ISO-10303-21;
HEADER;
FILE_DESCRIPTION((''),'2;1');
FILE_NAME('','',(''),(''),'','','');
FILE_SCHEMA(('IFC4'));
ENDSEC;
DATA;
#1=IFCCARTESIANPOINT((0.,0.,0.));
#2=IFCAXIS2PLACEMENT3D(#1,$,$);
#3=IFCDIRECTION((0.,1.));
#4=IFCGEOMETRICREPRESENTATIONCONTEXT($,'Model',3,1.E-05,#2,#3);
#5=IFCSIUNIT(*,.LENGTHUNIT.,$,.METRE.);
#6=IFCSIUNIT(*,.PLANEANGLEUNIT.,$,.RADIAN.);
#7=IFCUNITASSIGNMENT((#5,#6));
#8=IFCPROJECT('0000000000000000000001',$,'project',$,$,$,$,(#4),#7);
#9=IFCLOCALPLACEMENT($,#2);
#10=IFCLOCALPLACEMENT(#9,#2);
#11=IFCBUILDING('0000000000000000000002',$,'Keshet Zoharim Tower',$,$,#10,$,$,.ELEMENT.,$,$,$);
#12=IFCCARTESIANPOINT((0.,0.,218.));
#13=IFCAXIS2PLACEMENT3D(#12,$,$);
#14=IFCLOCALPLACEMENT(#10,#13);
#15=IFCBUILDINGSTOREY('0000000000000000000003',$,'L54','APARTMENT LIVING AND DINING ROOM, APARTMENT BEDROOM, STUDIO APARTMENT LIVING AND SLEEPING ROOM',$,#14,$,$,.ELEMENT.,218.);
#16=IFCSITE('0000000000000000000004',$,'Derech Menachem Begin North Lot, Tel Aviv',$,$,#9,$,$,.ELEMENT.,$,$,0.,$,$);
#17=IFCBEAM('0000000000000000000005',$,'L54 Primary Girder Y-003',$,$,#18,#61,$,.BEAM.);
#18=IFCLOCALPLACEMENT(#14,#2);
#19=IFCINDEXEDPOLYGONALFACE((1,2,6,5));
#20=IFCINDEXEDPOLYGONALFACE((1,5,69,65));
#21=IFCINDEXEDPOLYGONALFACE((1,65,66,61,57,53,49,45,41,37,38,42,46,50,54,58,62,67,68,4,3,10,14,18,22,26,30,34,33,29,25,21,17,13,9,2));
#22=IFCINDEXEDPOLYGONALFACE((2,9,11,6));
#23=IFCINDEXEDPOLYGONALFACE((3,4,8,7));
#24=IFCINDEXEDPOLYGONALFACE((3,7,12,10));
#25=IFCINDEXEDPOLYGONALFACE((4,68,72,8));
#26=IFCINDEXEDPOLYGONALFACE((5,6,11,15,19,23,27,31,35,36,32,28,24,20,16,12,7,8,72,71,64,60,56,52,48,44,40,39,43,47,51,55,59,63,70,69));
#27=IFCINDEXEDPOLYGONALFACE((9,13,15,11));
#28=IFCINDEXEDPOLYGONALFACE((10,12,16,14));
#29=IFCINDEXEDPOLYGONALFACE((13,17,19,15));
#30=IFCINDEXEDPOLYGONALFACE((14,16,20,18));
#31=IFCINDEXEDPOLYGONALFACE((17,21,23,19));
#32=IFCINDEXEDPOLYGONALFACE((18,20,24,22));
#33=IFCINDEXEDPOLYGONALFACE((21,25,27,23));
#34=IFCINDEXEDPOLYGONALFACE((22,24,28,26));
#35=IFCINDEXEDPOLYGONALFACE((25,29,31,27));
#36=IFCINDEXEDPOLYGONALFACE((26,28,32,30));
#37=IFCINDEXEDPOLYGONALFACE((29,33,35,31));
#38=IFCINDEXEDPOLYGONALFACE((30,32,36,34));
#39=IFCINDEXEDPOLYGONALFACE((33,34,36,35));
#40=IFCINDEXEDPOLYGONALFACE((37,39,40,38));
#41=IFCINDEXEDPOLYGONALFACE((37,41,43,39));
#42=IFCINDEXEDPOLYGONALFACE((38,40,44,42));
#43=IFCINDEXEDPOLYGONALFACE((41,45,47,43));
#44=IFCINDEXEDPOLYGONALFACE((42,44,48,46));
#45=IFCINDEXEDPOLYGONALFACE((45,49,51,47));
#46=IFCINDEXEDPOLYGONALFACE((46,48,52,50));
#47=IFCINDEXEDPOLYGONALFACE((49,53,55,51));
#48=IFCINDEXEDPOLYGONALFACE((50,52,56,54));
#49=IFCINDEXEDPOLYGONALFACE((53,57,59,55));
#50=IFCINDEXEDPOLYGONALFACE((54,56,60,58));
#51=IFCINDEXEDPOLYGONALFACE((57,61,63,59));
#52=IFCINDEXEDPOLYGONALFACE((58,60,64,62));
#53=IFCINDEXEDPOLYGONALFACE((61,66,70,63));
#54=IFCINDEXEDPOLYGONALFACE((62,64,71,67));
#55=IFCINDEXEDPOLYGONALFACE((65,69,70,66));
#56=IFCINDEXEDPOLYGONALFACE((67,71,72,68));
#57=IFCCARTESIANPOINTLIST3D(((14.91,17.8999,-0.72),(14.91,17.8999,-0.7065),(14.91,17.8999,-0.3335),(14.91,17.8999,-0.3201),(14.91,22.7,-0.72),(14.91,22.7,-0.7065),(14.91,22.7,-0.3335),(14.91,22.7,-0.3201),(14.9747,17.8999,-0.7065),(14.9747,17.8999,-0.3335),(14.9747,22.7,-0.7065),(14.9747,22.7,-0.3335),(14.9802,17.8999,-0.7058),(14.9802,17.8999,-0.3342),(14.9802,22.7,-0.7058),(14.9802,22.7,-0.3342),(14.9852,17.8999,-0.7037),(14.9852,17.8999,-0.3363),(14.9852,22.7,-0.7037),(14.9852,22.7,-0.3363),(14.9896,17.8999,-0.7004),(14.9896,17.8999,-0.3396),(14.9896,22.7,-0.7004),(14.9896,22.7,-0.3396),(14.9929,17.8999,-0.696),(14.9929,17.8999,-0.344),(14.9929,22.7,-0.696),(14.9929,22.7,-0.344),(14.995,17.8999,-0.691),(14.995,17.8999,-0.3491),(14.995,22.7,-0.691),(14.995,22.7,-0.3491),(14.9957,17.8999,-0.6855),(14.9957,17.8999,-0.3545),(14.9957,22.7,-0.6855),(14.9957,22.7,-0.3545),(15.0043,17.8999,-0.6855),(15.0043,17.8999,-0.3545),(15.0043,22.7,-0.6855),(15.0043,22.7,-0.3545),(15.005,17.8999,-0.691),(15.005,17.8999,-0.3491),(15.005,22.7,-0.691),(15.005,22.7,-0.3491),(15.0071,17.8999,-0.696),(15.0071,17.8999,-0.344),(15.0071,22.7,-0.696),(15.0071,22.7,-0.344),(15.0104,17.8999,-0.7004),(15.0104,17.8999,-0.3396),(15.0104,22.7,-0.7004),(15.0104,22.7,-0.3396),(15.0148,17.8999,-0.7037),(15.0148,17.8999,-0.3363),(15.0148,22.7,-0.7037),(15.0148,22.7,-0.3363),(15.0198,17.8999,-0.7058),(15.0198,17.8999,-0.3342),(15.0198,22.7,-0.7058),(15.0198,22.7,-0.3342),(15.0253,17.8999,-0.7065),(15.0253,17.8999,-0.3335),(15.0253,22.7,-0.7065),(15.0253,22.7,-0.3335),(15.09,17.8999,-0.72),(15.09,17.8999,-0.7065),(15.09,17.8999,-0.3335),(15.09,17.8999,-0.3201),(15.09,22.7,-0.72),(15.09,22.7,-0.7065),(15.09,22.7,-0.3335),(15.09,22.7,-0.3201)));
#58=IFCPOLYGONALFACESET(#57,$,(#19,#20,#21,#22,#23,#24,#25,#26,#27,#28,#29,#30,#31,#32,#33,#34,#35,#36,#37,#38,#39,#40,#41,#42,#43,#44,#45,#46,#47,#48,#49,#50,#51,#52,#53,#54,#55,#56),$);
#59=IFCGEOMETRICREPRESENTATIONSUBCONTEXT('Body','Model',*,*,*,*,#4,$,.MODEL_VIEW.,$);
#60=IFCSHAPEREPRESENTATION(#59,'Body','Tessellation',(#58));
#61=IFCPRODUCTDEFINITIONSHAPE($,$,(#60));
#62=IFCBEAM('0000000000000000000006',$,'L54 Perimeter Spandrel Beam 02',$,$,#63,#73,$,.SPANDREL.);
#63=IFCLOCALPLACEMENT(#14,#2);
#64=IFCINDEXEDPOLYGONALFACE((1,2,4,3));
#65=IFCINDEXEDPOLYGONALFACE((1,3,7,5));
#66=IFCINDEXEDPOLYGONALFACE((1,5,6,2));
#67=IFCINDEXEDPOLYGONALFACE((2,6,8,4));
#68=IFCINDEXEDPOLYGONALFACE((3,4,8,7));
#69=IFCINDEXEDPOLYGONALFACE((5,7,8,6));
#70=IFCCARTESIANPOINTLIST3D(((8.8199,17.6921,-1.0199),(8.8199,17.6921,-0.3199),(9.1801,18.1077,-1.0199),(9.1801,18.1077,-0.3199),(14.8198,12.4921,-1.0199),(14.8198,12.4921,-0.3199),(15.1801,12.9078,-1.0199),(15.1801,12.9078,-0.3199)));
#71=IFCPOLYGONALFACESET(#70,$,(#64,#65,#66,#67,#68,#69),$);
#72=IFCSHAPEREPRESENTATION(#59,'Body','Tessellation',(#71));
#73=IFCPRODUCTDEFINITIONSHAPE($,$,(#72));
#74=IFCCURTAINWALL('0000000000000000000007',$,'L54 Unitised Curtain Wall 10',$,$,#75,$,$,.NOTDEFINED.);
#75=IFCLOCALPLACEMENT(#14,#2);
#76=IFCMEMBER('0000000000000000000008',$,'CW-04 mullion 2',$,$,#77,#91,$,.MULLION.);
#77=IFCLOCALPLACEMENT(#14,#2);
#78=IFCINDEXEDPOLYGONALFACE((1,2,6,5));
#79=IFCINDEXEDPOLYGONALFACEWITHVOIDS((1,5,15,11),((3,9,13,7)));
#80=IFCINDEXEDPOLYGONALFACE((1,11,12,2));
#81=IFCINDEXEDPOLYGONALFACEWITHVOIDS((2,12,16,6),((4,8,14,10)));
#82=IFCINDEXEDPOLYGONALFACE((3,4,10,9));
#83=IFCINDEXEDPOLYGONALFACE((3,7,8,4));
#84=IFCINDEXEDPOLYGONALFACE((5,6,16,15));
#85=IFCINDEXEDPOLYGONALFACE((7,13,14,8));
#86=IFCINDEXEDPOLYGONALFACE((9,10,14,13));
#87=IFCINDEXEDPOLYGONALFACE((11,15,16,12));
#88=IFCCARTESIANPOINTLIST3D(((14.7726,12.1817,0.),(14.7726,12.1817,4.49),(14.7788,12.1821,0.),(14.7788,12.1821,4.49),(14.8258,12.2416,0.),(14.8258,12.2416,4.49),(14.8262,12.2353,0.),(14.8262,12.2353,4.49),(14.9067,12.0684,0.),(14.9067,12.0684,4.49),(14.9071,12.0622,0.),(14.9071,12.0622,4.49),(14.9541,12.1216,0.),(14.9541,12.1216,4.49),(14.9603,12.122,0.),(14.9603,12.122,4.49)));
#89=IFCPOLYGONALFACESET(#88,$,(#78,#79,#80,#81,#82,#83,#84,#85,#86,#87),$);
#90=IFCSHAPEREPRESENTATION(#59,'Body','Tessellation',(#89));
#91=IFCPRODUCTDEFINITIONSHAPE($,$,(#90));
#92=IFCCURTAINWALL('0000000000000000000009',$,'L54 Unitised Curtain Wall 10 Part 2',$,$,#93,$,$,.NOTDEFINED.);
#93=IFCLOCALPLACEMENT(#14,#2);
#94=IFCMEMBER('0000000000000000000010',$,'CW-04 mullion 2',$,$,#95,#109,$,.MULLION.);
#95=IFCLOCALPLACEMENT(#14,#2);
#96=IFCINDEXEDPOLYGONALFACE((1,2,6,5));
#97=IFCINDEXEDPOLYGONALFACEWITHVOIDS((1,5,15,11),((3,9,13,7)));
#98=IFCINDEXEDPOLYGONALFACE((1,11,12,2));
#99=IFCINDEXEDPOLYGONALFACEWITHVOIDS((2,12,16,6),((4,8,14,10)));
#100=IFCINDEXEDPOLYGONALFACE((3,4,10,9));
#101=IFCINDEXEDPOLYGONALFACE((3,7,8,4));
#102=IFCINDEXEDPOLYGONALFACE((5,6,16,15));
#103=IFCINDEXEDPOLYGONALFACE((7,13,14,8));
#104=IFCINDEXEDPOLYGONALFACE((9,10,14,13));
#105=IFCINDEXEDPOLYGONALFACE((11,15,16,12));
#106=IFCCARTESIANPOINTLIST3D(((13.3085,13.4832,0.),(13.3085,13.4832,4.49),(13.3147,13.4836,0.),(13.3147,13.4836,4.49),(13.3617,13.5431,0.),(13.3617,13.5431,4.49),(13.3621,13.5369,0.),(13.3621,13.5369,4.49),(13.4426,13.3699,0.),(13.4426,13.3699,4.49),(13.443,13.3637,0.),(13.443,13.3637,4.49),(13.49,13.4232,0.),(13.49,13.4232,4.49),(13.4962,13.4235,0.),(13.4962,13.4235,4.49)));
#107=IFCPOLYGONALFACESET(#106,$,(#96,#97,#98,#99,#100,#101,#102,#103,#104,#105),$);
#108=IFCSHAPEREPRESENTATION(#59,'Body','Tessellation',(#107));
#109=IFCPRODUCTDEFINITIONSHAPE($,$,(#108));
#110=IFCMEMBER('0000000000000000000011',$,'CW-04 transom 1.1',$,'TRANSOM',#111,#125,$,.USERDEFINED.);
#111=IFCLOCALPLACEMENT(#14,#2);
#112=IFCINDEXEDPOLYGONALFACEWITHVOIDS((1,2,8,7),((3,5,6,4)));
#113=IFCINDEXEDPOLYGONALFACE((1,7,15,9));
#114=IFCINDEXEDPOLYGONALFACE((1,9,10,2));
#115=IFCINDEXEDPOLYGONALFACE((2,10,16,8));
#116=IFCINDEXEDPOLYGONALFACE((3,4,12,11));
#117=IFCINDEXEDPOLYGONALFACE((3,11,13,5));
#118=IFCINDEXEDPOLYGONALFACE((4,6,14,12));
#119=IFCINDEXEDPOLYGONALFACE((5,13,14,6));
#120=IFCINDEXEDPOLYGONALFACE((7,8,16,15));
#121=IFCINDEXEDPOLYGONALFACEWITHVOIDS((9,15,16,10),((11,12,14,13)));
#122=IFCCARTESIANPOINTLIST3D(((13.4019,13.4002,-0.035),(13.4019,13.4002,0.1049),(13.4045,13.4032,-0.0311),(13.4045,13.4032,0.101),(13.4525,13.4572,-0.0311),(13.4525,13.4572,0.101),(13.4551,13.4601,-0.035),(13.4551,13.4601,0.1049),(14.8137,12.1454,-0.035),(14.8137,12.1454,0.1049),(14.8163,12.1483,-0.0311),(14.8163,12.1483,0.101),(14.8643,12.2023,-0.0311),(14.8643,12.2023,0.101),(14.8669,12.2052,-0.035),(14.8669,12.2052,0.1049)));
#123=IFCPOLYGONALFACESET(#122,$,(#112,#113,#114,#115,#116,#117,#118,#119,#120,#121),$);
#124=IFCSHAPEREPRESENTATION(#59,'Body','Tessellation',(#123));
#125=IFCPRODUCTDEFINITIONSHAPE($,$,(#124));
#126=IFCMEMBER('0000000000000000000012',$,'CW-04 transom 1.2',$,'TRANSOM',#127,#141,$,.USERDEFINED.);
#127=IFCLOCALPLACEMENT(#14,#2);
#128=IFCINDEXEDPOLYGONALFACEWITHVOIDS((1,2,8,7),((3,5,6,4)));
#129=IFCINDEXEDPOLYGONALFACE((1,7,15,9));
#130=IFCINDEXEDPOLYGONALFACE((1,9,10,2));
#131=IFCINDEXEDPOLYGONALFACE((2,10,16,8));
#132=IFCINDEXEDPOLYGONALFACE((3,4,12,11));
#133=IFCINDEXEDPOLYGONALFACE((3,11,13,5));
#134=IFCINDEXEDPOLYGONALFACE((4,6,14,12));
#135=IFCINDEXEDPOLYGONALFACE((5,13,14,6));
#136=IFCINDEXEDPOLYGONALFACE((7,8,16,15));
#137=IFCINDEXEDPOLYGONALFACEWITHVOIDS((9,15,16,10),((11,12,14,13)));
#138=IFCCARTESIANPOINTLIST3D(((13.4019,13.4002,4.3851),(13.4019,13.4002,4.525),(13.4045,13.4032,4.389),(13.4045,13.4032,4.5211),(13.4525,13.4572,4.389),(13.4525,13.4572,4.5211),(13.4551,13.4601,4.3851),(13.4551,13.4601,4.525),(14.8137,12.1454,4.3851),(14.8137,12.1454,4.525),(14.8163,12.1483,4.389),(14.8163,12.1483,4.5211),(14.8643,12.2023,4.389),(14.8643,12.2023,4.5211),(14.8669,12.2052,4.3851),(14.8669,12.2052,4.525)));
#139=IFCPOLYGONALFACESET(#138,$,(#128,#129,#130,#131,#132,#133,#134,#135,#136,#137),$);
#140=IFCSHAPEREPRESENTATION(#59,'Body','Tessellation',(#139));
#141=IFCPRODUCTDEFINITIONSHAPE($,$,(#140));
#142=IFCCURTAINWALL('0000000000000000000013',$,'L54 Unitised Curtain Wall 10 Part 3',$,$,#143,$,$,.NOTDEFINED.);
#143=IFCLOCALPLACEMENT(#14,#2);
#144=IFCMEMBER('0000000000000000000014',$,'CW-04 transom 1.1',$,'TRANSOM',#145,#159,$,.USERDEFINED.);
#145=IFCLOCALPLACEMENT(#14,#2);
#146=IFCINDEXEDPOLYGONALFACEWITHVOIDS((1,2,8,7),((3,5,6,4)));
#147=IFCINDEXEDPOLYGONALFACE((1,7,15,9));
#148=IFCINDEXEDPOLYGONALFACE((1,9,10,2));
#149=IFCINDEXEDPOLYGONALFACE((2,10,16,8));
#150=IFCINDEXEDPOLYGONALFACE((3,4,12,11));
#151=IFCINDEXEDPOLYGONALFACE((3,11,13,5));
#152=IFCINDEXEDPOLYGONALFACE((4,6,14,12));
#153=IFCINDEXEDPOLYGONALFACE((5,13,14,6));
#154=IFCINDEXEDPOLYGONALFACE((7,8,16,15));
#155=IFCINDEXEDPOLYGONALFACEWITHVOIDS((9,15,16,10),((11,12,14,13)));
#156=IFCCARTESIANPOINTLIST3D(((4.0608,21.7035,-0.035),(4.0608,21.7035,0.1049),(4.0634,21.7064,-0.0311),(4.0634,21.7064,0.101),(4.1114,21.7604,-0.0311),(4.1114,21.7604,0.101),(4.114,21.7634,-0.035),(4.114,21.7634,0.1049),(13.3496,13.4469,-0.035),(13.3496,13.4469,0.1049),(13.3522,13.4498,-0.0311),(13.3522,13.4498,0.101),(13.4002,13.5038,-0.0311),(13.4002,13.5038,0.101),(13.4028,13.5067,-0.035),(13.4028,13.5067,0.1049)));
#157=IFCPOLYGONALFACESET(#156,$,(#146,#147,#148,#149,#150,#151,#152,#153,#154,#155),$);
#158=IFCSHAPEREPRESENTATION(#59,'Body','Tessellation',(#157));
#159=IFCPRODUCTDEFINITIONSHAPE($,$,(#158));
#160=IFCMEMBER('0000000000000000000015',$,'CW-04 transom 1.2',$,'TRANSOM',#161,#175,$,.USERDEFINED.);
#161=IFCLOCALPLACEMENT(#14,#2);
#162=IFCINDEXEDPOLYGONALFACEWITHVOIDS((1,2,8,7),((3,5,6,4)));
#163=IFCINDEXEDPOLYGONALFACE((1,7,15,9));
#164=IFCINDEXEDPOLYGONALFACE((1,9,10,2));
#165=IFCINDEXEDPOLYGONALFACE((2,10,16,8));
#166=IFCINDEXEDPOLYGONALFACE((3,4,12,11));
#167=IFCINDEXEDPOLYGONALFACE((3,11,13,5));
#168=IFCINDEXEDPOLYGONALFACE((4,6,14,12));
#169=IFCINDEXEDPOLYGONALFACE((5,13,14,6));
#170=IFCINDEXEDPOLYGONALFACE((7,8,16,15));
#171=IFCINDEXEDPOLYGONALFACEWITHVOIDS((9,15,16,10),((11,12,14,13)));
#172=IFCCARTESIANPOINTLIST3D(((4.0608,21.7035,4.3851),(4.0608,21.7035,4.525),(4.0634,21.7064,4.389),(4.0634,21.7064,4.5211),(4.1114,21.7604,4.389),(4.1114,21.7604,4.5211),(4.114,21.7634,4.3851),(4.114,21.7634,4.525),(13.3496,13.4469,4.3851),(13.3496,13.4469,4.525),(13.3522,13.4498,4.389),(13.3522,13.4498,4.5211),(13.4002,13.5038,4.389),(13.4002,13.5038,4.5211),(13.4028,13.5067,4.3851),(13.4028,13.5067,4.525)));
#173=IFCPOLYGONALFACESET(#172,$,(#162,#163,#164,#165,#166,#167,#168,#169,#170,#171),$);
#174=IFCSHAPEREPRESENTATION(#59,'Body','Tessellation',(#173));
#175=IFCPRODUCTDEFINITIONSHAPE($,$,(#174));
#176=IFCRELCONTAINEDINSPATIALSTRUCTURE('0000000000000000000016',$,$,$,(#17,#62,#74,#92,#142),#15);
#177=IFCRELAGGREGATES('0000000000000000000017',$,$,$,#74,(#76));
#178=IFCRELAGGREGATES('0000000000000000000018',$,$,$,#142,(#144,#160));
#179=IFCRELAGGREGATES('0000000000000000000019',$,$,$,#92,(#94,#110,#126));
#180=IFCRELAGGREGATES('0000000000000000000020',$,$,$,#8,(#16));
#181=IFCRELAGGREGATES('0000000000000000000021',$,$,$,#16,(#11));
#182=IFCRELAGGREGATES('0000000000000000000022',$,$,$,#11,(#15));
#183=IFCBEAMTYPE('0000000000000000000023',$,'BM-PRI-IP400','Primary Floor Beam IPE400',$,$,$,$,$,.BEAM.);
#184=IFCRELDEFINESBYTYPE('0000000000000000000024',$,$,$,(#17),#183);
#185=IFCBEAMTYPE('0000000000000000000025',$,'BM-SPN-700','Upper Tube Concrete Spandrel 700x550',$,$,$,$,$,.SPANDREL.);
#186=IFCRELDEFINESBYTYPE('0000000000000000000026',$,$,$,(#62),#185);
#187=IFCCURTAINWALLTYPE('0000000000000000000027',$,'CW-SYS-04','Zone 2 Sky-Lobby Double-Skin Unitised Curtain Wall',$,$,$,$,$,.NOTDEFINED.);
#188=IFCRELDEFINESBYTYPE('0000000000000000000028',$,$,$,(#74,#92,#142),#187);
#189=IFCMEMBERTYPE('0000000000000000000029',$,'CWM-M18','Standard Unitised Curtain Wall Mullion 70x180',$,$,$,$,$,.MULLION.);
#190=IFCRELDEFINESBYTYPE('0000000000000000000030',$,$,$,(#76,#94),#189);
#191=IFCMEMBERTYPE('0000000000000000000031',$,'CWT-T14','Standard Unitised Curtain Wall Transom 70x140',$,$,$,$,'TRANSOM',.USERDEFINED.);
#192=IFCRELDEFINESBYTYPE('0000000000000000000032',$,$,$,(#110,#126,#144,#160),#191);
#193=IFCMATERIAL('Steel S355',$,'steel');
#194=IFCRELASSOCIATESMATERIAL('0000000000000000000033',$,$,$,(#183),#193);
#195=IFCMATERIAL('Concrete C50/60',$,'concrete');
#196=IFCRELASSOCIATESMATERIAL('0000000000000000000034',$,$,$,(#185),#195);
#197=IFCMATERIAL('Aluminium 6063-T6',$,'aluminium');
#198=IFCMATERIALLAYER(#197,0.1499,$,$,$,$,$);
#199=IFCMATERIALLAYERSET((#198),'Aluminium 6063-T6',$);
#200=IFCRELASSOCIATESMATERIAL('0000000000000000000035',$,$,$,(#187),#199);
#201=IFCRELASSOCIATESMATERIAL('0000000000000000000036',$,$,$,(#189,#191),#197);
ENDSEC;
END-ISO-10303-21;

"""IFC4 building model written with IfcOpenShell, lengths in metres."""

from ifc_helpers import new_model, si_unit, direction, frame, origin, origin_2d, place, context, subcontext, project, spatial, rectangle, hollow_rectangle, i_section, extrude, material, layer, layer_set, material_profile, profile_set, type_object, element, aggregate, save


model = new_model("IFC4")

# Units and contexts
model_context = context("Model", 3, precision=1e-05, world=origin(), true_north=direction((0.0, 1.0)))
body_context = subcontext(model_context, "Body", "Model", "MODEL_VIEW")
ifc_project = project(units=[si_unit("LENGTHUNIT", "METRE"), si_unit("PLANEANGLEUNIT", "RADIAN")], contexts=[model_context])

# Site, building, storey
site_placement = place(None, origin())
site = spatial("IfcSite", under=ifc_project, at=site_placement, Name="Derech Menachem Begin North Lot, Tel Aviv", CompositionType="ELEMENT", RefElevation=0.0)
building_placement = place(site_placement, origin())
building = spatial("IfcBuilding", under=site, at=building_placement, Name="Keshet Zoharim Tower", CompositionType="ELEMENT")
storey_placement = place(building_placement, frame((0.0, 0.0, 218.0)))
storey = spatial("IfcBuildingStorey", under=building, at=storey_placement, Name="L54", Description="APARTMENT LIVING AND DINING ROOM, APARTMENT BEDROOM, STUDIO APARTMENT LIVING AND SLEEPING ROOM", CompositionType="ELEMENT", Elevation=218.0)

# Shared definitions
ifc_material_1 = material(Name="Steel S355", Category="steel")
ifc_material_2 = material(Name="Concrete C50/60", Category="concrete")

# Beams
ifc_material_profile_1 = material_profile(ifc_material_1, i_section(OverallWidth=0.1799, OverallDepth=0.3999, WebThickness=0.0085, FlangeThickness=0.0134, FilletRadius=0.021, at=origin_2d()), Name="IPE400")
ifc_profile_set_1 = profile_set([ifc_material_profile_1], Name="Steel S355")
beam_type_1 = type_object("IfcBeamType", Name="BM-PRI-IP400", Description="Primary Floor Beam IPE400", PredefinedType="BEAM", material=ifc_profile_set_1)
beam_1_placement = place(storey_placement, frame((15.0, 17.8999, -0.52), z_axis=(0.0, 1.0, 0.0), x_axis=(-1.0, 0.0, 0.0)))
element("IfcBeam", 1, at=beam_1_placement, inside=storey, type_object=beam_type_1, Name="L54 Primary Girder Y-003", PredefinedType="BEAM", context=body_context, shape_type="SweptSolid", body=[
    extrude(i_section(OverallWidth=0.1799, OverallDepth=0.3999, WebThickness=0.0085, FlangeThickness=0.0134, FilletRadius=0.021, at=origin_2d()), origin(), (0.0, 0.0, 1.0), 4.8),
])
ifc_material_profile_2 = material_profile(ifc_material_2, rectangle(XDim=0.55, YDim=0.7, at=origin_2d()), Name="RC700x550")
ifc_profile_set_2 = profile_set([ifc_material_profile_2], Name="Concrete C50/60")
beam_type_2 = type_object("IfcBeamType", Name="BM-SPN-700", Description="Upper Tube Concrete Spandrel 700x550", PredefinedType="SPANDREL", material=ifc_profile_set_2)
beam_2_placement = place(storey_placement, frame((9.0, 17.8999, -0.6699), z_axis=(0.755692, -0.654927, 0.0), x_axis=(0.654927, 0.755692, 0.0)))
element("IfcBeam", 2, at=beam_2_placement, inside=storey, type_object=beam_type_2, Name="L54 Perimeter Spandrel Beam 02", PredefinedType="SPANDREL", context=body_context, shape_type="SweptSolid", body=[
    extrude(rectangle(XDim=0.55, YDim=0.7, at=origin_2d()), origin(), (0.0, 0.0, 1.0), 7.9397),
])

# Curtain wall, member
ifc_material_3 = material(Name="Aluminium 6063-T6", Category="aluminium")
ifc_layer_1 = layer(ifc_material_3, 0.1499)
ifc_layer_set_1 = layer_set([ifc_layer_1], Name="Aluminium 6063-T6")
curtain_wall_type = type_object("IfcCurtainWallType", Name="CW-SYS-04", Description="Zone 2 Sky-Lobby Double-Skin Unitised Curtain Wall", PredefinedType="NOTDEFINED", material=ifc_layer_set_1)
curtain_wall_1_placement = place(storey_placement, origin())
curtain_wall_1 = element("IfcCurtainWall", 3, at=curtain_wall_1_placement, inside=storey, type_object=curtain_wall_type, Name="L54 Unitised Curtain Wall 10", PredefinedType="NOTDEFINED")
ifc_material_profile_3 = material_profile(ifc_material_3, hollow_rectangle(XDim=0.0801, YDim=0.1799, WallThickness=0.0044, at=origin_2d()), Name="MUL-80x180")
ifc_profile_set_3 = profile_set([ifc_material_profile_3], Name="Aluminium 6063-T6")
member_type_1 = type_object("IfcMemberType", Name="CWM-M18", Description="Standard Unitised Curtain Wall Mullion 70x180", PredefinedType="MULLION", material=ifc_profile_set_3)
member_1_placement = place(storey_placement, frame((14.8665, 12.1519, 0.0), z_axis=(0.0, 0.0, 1.0), x_axis=(-0.664358, -0.747415, 0.0)))
member_1 = element("IfcMember", 4, at=member_1_placement, type_object=member_type_1, Name="CW-04 mullion 2", PredefinedType="MULLION", context=body_context, shape_type="SweptSolid", body=[
    extrude(hollow_rectangle(XDim=0.0801, YDim=0.1799, WallThickness=0.0044, at=origin_2d()), origin(), (0.0, 0.0, 1.0), 4.49),
])
aggregate(curtain_wall_1, [member_1])

# Curtain walls, members
curtain_wall_2_placement = place(storey_placement, origin())
curtain_wall_2 = element("IfcCurtainWall", 5, at=curtain_wall_2_placement, inside=storey, type_object=curtain_wall_type, Name="L54 Unitised Curtain Wall 10 Part 2", PredefinedType="NOTDEFINED")
member_2_placement = place(storey_placement, frame((13.4023, 13.4534, 0.0), z_axis=(0.0, 0.0, 1.0), x_axis=(-0.664386, -0.74739, 0.0)))
member_2 = element("IfcMember", 6, at=member_2_placement, type_object=member_type_1, Name="CW-04 mullion 2", PredefinedType="MULLION", context=body_context, shape_type="SweptSolid", body=[
    extrude(hollow_rectangle(XDim=0.0801, YDim=0.1799, WallThickness=0.0044, at=origin_2d()), origin(), (0.0, 0.0, 1.0), 4.49),
])
ifc_material_profile_4 = material_profile(ifc_material_3, hollow_rectangle(XDim=0.0801, YDim=0.1399, WallThickness=0.0039, at=origin_2d()), Name="TRN-80x140")
ifc_profile_set_4 = profile_set([ifc_material_profile_4], Name="Aluminium 6063-T6")
member_type_2 = type_object("IfcMemberType", Name="CWT-T14", Description="Standard Unitised Curtain Wall Transom 70x140", ElementType="TRANSOM", PredefinedType="USERDEFINED", material=ifc_profile_set_4)
member_3_placement = place(storey_placement, frame((14.8403, 12.1753, 0.0349), z_axis=(-0.747438, 0.664332, 0.0), x_axis=(-0.664332, -0.747438, 0.0)))
member_3 = element("IfcMember", 7, at=member_3_placement, type_object=member_type_2, Name="CW-04 transom 1.1", ObjectType="TRANSOM", PredefinedType="USERDEFINED", context=body_context, shape_type="SweptSolid", body=[
    extrude(hollow_rectangle(XDim=0.0801, YDim=0.1399, WallThickness=0.0039, at=origin_2d()), origin(), (0.0, 0.0, 1.0), 1.8889),
])
member_4_placement = place(storey_placement, frame((14.8403, 12.1753, 4.4551), z_axis=(-0.747438, 0.664332, 0.0), x_axis=(-0.664332, -0.747438, 0.0)))
member_4 = element("IfcMember", 8, at=member_4_placement, type_object=member_type_2, Name="CW-04 transom 1.2", ObjectType="TRANSOM", PredefinedType="USERDEFINED", context=body_context, shape_type="SweptSolid", body=[
    extrude(hollow_rectangle(XDim=0.0801, YDim=0.1399, WallThickness=0.0039, at=origin_2d()), origin(), (0.0, 0.0, 1.0), 1.8889),
])
curtain_wall_3_placement = place(storey_placement, origin())
curtain_wall_3 = element("IfcCurtainWall", 9, at=curtain_wall_3_placement, inside=storey, type_object=curtain_wall_type, Name="L54 Unitised Curtain Wall 10 Part 3", PredefinedType="NOTDEFINED")
member_5_placement = place(storey_placement, frame((13.3762, 13.4768, 0.0349), z_axis=(-0.747415, 0.664358, 0.0), x_axis=(-0.664358, -0.747415, 0.0)))
member_5 = element("IfcMember", 10, at=member_5_placement, type_object=member_type_2, Name="CW-04 transom 1.1", ObjectType="TRANSOM", PredefinedType="USERDEFINED", context=body_context, shape_type="SweptSolid", body=[
    extrude(hollow_rectangle(XDim=0.0801, YDim=0.1399, WallThickness=0.0039, at=origin_2d()), origin(), (0.0, 0.0, 1.0), 12.428),
])
member_6_placement = place(storey_placement, frame((13.3762, 13.4768, 4.4551), z_axis=(-0.747415, 0.664358, 0.0), x_axis=(-0.664358, -0.747415, 0.0)))
member_6 = element("IfcMember", 11, at=member_6_placement, type_object=member_type_2, Name="CW-04 transom 1.2", ObjectType="TRANSOM", PredefinedType="USERDEFINED", context=body_context, shape_type="SweptSolid", body=[
    extrude(hollow_rectangle(XDim=0.0801, YDim=0.1399, WallThickness=0.0039, at=origin_2d()), origin(), (0.0, 0.0, 1.0), 12.428),
])

aggregate(curtain_wall_3, [member_5, member_6])
aggregate(curtain_wall_2, [member_2, member_3, member_4])

save(model, "model.ifc")
